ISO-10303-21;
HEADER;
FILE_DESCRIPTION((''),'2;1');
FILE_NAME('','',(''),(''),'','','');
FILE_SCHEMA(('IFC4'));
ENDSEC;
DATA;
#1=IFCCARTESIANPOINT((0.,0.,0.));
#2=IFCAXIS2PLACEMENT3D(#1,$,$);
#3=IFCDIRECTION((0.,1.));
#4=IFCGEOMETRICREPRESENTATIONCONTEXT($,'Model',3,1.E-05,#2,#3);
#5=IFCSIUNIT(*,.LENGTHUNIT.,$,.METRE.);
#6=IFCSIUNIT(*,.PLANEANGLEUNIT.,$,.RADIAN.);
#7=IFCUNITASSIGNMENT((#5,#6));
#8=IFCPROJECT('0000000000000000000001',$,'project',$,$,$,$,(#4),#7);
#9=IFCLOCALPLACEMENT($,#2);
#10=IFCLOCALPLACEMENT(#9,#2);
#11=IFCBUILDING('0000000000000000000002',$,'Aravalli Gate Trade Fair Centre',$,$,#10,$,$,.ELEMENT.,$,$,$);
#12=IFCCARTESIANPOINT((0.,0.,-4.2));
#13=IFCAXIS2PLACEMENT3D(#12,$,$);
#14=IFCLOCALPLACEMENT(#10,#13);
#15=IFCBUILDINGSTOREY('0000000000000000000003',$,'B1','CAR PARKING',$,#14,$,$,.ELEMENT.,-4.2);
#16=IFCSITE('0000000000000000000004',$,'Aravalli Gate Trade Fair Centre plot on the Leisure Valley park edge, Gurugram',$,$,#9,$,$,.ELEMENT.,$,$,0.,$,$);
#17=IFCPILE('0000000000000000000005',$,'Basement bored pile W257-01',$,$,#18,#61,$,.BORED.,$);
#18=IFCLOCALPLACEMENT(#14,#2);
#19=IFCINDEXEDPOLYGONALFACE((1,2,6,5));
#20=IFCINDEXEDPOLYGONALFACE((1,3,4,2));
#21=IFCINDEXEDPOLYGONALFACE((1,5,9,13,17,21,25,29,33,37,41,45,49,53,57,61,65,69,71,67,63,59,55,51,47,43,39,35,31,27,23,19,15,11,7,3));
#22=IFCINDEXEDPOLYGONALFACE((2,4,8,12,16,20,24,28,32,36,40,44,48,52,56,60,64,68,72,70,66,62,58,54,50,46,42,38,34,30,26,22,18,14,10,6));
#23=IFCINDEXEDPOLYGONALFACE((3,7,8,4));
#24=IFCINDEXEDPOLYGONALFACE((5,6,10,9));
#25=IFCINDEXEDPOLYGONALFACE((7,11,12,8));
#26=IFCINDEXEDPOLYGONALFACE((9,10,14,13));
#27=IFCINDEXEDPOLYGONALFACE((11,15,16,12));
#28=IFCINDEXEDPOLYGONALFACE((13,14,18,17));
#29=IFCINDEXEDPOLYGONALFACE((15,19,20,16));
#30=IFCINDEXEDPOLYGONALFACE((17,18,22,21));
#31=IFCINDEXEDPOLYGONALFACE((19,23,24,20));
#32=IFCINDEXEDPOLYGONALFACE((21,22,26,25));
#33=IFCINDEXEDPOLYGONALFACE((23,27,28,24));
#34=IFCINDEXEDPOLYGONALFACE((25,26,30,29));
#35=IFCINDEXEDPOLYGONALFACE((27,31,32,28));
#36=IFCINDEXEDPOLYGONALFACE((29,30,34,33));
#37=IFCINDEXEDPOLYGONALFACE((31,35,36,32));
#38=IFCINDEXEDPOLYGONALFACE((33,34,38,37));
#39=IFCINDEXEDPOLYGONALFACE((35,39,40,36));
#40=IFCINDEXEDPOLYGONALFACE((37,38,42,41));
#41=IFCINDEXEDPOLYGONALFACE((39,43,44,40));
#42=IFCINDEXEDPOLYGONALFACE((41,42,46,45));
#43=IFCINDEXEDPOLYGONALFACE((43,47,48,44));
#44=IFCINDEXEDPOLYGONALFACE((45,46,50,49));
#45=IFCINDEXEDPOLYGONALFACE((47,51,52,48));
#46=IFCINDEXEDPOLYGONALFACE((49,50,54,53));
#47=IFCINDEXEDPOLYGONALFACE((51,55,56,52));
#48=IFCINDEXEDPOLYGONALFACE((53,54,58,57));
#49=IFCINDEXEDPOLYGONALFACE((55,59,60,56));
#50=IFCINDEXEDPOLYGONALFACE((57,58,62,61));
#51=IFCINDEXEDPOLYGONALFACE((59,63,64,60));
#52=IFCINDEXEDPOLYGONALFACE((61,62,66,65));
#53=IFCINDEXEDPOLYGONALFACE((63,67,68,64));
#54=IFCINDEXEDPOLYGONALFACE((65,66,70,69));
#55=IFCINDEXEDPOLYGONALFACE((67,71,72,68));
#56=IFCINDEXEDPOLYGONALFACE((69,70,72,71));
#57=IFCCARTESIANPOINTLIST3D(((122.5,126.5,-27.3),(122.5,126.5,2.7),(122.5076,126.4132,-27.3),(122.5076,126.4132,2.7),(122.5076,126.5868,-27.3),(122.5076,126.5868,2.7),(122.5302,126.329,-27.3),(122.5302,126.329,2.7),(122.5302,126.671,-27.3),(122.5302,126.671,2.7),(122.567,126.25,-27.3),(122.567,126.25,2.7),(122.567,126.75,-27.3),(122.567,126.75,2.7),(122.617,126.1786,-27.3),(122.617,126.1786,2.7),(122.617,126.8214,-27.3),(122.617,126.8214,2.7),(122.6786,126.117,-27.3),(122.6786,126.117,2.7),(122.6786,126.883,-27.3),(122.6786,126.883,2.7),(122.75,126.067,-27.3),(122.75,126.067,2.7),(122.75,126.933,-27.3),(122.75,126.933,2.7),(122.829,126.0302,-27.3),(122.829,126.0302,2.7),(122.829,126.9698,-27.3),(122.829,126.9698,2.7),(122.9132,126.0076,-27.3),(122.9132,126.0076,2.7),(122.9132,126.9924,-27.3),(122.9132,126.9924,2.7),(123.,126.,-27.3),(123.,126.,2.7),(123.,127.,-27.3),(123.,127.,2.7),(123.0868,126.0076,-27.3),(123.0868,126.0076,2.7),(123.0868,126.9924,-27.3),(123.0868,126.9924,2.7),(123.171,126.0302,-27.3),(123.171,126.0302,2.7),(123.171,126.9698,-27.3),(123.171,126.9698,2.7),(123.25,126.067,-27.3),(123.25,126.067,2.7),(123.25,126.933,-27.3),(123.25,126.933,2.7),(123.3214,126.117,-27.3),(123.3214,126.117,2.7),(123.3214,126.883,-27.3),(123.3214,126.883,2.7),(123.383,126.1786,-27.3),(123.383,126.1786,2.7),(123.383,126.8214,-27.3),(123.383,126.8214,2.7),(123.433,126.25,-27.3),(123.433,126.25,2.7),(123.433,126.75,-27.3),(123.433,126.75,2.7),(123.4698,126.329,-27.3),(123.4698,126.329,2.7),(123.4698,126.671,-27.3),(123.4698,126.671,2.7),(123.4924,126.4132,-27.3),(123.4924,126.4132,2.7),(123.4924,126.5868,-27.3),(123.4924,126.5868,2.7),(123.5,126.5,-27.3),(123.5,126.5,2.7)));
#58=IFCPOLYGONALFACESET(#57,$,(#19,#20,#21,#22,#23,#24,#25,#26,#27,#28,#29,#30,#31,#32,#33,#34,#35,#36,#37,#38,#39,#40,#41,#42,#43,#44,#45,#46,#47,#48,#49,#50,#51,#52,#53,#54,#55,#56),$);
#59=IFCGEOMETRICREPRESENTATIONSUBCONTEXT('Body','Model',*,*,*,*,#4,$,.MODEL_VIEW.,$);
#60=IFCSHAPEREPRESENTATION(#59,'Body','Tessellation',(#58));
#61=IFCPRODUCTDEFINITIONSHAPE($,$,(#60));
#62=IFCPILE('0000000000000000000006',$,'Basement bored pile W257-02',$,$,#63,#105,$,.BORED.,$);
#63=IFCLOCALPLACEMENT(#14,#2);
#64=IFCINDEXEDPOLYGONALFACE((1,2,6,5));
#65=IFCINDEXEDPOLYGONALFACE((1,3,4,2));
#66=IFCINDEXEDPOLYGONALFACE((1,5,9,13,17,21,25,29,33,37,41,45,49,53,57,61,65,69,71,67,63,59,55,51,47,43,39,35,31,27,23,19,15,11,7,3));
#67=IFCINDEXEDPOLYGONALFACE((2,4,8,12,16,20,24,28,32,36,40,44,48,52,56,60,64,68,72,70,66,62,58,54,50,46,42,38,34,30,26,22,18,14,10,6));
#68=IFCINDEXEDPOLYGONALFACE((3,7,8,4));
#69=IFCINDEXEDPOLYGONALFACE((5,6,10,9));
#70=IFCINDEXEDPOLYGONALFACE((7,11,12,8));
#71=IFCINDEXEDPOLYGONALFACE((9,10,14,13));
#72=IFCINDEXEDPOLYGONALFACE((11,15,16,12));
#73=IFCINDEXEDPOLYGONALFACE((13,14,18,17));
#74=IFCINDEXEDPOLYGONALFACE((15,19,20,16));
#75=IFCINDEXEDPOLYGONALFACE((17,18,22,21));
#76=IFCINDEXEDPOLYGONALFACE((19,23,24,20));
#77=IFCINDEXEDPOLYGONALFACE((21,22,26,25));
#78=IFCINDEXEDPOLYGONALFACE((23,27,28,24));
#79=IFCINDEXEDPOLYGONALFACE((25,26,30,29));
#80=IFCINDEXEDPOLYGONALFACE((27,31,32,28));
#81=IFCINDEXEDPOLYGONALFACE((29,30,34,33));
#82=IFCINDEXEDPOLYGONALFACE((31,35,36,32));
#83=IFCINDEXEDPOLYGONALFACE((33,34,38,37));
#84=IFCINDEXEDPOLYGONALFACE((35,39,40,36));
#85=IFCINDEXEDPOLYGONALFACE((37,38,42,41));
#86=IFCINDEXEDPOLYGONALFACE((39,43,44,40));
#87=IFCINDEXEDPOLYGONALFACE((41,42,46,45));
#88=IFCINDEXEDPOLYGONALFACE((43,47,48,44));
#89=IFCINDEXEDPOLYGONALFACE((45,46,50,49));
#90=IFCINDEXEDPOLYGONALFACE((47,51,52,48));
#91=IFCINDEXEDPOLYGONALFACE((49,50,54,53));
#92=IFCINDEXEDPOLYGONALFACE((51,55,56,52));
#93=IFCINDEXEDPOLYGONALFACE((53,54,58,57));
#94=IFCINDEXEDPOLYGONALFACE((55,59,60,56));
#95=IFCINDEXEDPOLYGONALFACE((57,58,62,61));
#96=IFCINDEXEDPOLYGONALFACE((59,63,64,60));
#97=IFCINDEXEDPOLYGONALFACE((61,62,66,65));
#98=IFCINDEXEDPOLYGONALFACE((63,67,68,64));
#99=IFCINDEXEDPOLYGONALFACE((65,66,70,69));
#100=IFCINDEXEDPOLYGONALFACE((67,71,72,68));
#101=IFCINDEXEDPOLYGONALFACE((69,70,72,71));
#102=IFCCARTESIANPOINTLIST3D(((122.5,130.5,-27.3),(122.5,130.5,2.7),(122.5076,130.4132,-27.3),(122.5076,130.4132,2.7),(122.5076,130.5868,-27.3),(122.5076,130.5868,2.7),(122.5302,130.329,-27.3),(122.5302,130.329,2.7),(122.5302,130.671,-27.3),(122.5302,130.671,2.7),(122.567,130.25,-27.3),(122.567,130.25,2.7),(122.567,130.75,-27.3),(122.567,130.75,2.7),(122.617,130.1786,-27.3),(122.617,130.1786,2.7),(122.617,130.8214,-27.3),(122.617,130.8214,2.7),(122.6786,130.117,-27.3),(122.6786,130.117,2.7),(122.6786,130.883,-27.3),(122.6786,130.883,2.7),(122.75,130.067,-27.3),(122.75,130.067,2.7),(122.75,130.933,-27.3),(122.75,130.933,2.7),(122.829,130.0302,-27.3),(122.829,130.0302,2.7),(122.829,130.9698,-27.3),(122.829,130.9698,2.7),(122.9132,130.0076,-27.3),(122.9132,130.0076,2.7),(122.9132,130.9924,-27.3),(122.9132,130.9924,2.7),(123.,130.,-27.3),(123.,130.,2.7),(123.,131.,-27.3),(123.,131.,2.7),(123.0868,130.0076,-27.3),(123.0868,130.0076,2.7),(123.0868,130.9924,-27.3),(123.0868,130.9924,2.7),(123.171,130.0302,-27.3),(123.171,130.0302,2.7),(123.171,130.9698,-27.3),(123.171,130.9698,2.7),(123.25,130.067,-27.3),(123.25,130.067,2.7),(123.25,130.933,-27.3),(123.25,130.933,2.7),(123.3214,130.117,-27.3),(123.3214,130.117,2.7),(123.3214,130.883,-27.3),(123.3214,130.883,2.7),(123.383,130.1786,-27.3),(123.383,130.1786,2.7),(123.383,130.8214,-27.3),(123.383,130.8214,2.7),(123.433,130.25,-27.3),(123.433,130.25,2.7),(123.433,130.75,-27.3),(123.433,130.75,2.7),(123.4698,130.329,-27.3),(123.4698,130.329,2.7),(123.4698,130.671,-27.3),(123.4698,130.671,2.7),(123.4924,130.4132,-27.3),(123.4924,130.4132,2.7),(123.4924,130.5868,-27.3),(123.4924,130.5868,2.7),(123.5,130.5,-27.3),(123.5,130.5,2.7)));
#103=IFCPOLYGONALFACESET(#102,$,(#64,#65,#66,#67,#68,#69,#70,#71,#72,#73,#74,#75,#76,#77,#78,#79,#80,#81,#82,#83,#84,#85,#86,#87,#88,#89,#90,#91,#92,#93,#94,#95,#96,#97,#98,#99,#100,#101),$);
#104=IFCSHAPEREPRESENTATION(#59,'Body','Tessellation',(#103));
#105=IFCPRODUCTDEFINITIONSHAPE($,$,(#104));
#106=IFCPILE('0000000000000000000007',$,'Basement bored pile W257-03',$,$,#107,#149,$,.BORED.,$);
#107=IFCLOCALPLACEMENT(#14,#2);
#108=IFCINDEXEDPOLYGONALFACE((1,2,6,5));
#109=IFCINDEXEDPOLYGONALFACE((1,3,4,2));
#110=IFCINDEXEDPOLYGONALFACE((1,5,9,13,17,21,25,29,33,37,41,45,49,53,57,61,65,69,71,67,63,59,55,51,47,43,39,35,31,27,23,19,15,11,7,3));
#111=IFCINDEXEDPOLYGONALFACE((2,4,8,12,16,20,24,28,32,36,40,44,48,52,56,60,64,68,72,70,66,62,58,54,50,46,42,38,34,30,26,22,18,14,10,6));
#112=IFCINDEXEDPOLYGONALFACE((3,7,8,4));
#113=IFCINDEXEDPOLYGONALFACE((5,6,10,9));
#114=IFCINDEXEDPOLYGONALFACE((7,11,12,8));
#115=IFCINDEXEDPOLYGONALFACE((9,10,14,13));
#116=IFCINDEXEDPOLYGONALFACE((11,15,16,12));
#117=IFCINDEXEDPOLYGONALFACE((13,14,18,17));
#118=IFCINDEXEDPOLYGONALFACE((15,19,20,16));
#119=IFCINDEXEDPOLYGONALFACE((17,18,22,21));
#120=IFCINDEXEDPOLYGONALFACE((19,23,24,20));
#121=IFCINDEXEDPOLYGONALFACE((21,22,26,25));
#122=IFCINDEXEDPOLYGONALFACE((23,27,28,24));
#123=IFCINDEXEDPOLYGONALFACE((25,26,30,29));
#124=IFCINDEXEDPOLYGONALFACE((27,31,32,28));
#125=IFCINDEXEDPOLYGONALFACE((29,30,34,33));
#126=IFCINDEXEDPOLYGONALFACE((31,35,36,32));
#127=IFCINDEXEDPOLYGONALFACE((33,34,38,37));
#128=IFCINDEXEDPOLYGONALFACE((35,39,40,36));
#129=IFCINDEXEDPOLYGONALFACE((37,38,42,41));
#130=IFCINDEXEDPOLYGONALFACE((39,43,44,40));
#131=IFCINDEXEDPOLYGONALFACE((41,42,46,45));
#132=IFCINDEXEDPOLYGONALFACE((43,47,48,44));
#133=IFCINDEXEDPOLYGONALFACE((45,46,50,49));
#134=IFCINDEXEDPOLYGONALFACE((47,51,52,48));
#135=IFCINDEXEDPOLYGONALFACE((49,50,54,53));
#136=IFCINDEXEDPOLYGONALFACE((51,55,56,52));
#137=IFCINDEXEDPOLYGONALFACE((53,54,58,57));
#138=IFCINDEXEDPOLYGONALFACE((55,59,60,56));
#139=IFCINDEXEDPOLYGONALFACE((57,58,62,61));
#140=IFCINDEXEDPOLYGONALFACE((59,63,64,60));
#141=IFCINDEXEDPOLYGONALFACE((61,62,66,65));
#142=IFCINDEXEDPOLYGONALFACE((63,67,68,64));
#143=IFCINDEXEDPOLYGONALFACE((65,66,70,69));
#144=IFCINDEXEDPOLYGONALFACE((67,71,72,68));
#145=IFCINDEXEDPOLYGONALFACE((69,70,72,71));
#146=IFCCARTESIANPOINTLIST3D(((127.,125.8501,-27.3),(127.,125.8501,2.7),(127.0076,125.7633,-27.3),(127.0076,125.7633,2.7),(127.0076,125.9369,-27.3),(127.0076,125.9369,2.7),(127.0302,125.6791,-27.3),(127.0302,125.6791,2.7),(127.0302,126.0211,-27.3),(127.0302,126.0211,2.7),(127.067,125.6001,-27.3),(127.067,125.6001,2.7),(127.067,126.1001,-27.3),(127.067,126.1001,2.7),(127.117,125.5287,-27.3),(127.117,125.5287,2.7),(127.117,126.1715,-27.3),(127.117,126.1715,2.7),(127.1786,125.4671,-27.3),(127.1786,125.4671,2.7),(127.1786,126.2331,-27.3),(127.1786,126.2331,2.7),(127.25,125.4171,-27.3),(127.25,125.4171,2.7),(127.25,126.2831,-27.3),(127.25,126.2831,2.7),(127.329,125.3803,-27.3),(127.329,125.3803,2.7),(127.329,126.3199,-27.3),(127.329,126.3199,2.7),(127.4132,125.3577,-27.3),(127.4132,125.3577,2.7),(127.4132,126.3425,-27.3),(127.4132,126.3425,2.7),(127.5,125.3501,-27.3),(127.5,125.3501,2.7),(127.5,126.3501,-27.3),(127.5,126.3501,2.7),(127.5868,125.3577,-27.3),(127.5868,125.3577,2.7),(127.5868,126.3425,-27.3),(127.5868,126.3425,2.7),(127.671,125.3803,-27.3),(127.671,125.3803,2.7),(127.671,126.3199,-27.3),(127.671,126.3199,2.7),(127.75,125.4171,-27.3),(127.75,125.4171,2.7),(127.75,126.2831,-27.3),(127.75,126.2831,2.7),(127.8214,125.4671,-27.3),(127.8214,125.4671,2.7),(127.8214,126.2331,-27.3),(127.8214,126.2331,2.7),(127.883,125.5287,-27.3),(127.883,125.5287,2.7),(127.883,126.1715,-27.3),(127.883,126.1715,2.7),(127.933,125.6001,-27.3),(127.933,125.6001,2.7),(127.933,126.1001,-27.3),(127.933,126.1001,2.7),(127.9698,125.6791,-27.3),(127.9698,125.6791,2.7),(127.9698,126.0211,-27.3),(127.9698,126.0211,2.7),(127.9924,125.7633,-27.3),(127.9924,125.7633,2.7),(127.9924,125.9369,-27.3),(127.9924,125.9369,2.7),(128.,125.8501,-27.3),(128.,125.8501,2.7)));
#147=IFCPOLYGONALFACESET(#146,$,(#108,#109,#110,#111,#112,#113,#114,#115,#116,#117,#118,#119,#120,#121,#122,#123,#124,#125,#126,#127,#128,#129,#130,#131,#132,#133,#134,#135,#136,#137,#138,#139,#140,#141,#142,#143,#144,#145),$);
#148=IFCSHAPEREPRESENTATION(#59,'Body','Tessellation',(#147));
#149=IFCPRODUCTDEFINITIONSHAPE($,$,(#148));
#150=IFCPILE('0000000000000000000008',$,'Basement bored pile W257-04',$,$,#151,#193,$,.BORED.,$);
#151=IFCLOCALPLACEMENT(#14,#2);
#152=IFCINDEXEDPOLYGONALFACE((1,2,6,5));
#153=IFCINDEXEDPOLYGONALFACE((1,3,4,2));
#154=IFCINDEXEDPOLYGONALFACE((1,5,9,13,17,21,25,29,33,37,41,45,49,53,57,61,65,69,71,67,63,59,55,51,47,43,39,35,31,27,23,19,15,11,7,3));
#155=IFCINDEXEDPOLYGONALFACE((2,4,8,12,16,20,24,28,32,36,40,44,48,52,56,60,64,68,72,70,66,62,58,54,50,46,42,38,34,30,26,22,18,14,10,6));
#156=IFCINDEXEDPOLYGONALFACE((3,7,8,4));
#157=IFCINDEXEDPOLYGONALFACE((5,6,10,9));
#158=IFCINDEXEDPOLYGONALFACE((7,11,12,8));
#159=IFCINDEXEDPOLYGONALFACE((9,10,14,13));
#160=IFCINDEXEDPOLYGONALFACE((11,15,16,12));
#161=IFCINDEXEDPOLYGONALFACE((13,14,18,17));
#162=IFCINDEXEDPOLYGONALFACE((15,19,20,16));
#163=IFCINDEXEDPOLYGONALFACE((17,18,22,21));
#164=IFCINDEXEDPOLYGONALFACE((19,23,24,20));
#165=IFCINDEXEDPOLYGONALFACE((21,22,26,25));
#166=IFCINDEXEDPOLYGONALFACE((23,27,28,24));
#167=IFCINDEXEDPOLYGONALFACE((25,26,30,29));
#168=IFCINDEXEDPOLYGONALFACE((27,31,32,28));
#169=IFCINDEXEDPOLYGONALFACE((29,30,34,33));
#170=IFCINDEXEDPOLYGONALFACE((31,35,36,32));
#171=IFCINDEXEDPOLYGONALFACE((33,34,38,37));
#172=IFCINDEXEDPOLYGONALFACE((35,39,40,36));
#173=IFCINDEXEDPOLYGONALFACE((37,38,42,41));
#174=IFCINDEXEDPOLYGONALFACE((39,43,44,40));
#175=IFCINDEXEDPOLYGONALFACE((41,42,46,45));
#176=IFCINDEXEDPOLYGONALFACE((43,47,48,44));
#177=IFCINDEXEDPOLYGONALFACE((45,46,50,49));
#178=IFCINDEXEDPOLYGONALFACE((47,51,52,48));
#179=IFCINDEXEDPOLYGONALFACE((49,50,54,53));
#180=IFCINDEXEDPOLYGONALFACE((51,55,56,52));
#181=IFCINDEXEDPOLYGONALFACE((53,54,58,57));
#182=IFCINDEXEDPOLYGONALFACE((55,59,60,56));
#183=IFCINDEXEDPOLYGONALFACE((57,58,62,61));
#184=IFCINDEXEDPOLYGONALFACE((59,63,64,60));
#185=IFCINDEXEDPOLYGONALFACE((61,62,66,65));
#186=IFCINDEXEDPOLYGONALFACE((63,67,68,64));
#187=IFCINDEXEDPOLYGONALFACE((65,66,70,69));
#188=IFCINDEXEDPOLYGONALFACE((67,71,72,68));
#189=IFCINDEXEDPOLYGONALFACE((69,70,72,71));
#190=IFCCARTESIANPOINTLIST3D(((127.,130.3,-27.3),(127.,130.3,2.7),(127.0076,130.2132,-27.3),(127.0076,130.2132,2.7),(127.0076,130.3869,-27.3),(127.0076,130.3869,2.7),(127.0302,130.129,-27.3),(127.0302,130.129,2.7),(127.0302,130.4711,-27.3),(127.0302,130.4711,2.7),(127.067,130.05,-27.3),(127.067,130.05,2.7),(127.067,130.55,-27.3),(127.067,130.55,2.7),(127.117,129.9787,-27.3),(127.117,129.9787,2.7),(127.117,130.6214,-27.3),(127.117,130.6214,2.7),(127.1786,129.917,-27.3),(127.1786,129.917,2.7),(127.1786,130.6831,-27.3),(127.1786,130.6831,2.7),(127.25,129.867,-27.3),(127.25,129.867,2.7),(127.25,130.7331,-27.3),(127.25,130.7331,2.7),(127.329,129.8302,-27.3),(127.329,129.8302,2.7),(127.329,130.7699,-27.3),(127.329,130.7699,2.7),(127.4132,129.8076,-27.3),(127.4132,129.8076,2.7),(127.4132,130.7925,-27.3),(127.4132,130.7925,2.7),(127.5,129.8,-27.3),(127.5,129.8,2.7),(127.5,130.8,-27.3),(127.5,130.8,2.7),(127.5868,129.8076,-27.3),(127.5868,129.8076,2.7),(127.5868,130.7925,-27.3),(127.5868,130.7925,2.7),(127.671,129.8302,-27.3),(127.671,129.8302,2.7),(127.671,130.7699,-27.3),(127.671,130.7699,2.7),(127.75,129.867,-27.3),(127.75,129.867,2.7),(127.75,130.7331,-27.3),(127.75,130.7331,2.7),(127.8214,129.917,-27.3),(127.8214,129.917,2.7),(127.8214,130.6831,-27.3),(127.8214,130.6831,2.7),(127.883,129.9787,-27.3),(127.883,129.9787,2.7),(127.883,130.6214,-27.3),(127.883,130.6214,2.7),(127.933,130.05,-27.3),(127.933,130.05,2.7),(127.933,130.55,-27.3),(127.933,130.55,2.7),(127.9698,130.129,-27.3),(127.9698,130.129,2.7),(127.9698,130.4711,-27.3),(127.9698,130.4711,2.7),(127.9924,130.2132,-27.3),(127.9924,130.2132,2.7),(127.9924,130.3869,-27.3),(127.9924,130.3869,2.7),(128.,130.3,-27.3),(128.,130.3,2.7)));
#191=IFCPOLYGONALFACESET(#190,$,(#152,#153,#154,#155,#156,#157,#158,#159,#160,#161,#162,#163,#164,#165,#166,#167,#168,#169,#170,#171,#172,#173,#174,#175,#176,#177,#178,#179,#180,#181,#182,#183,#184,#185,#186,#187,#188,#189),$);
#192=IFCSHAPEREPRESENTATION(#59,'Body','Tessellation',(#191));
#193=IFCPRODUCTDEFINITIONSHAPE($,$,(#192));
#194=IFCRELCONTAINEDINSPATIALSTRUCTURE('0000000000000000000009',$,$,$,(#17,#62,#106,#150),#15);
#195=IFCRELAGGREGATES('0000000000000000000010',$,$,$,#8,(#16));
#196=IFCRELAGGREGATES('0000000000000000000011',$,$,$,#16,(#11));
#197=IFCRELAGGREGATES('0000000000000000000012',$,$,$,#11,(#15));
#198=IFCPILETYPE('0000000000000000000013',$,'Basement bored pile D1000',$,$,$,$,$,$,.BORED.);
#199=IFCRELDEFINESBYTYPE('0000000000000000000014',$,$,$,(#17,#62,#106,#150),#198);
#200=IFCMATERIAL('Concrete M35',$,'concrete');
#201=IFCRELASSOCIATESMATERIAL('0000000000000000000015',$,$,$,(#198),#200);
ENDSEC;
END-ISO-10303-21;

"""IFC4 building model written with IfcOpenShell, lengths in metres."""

from ifc_helpers import new_model, si_unit, direction, frame, origin, origin_2d, place, context, subcontext, project, spatial, circle, extrude, material, material_profile, profile_set, type_object, element, save


model = new_model("IFC4")

# Units and contexts
model_context = context("Model", 3, precision=1e-05, world=origin(), true_north=direction((0.0, 1.0)))
body_context = subcontext(model_context, "Body", "Model", "MODEL_VIEW")
ifc_project = project(units=[si_unit("LENGTHUNIT", "METRE"), si_unit("PLANEANGLEUNIT", "RADIAN")], contexts=[model_context])

# Site, building, storey
site_placement = place(None, origin())
site = spatial("IfcSite", under=ifc_project, at=site_placement, Name="Aravalli Gate Trade Fair Centre plot on the Leisure Valley park edge, Gurugram", CompositionType="ELEMENT", RefElevation=0.0)
building_placement = place(site_placement, origin())
building = spatial("IfcBuilding", under=site, at=building_placement, Name="Aravalli Gate Trade Fair Centre", CompositionType="ELEMENT")
storey_placement = place(building_placement, frame((0.0, 0.0, -4.2)))
storey = spatial("IfcBuildingStorey", under=building, at=storey_placement, Name="B1", Description="CAR PARKING", CompositionType="ELEMENT", Elevation=-4.2)

# Piles
ifc_material_1 = material(Name="Concrete M35", Category="concrete")
ifc_material_profile_1 = material_profile(ifc_material_1, circle(Radius=0.5, at=origin_2d()), Name="D1000")
ifc_profile_set_1 = profile_set([ifc_material_profile_1], Name="Concrete M35")
pile_type = type_object("IfcPileType", Name="Basement bored pile D1000", PredefinedType="BORED", material=ifc_profile_set_1)
for number, where, z_axis, x_axis, name in (
    (1, (123.0, 126.5, 2.7), (0.0, 0.0, -1.0), (1.0, 0.0, 0.0), "Basement bored pile W257-01"),
    (2, (123.0, 130.5, 2.7), (0.0, 0.0, -1.0), (1.0, 0.0, 0.0), "Basement bored pile W257-02"),
    (3, (127.5, 125.8501, 2.7), (0.0, 0.0, -1.0), (1.0, 0.0, 0.0), "Basement bored pile W257-03"),
    (4, (127.5, 130.3, 2.7), (0.0, 0.0, -1.0), (1.0, 0.0, 0.0), "Basement bored pile W257-04"),
):
    element("IfcPile", number, at=place(storey_placement, frame(where, z_axis=z_axis, x_axis=x_axis)), inside=storey, type_object=pile_type, Name=name, PredefinedType="BORED", context=body_context, shape_type="SweptSolid", body=[
        extrude(circle(Radius=0.5, at=origin_2d()), origin(), (0.0, 0.0, 1.0), 30.0),
    ])

save(model, "model.ifc")
